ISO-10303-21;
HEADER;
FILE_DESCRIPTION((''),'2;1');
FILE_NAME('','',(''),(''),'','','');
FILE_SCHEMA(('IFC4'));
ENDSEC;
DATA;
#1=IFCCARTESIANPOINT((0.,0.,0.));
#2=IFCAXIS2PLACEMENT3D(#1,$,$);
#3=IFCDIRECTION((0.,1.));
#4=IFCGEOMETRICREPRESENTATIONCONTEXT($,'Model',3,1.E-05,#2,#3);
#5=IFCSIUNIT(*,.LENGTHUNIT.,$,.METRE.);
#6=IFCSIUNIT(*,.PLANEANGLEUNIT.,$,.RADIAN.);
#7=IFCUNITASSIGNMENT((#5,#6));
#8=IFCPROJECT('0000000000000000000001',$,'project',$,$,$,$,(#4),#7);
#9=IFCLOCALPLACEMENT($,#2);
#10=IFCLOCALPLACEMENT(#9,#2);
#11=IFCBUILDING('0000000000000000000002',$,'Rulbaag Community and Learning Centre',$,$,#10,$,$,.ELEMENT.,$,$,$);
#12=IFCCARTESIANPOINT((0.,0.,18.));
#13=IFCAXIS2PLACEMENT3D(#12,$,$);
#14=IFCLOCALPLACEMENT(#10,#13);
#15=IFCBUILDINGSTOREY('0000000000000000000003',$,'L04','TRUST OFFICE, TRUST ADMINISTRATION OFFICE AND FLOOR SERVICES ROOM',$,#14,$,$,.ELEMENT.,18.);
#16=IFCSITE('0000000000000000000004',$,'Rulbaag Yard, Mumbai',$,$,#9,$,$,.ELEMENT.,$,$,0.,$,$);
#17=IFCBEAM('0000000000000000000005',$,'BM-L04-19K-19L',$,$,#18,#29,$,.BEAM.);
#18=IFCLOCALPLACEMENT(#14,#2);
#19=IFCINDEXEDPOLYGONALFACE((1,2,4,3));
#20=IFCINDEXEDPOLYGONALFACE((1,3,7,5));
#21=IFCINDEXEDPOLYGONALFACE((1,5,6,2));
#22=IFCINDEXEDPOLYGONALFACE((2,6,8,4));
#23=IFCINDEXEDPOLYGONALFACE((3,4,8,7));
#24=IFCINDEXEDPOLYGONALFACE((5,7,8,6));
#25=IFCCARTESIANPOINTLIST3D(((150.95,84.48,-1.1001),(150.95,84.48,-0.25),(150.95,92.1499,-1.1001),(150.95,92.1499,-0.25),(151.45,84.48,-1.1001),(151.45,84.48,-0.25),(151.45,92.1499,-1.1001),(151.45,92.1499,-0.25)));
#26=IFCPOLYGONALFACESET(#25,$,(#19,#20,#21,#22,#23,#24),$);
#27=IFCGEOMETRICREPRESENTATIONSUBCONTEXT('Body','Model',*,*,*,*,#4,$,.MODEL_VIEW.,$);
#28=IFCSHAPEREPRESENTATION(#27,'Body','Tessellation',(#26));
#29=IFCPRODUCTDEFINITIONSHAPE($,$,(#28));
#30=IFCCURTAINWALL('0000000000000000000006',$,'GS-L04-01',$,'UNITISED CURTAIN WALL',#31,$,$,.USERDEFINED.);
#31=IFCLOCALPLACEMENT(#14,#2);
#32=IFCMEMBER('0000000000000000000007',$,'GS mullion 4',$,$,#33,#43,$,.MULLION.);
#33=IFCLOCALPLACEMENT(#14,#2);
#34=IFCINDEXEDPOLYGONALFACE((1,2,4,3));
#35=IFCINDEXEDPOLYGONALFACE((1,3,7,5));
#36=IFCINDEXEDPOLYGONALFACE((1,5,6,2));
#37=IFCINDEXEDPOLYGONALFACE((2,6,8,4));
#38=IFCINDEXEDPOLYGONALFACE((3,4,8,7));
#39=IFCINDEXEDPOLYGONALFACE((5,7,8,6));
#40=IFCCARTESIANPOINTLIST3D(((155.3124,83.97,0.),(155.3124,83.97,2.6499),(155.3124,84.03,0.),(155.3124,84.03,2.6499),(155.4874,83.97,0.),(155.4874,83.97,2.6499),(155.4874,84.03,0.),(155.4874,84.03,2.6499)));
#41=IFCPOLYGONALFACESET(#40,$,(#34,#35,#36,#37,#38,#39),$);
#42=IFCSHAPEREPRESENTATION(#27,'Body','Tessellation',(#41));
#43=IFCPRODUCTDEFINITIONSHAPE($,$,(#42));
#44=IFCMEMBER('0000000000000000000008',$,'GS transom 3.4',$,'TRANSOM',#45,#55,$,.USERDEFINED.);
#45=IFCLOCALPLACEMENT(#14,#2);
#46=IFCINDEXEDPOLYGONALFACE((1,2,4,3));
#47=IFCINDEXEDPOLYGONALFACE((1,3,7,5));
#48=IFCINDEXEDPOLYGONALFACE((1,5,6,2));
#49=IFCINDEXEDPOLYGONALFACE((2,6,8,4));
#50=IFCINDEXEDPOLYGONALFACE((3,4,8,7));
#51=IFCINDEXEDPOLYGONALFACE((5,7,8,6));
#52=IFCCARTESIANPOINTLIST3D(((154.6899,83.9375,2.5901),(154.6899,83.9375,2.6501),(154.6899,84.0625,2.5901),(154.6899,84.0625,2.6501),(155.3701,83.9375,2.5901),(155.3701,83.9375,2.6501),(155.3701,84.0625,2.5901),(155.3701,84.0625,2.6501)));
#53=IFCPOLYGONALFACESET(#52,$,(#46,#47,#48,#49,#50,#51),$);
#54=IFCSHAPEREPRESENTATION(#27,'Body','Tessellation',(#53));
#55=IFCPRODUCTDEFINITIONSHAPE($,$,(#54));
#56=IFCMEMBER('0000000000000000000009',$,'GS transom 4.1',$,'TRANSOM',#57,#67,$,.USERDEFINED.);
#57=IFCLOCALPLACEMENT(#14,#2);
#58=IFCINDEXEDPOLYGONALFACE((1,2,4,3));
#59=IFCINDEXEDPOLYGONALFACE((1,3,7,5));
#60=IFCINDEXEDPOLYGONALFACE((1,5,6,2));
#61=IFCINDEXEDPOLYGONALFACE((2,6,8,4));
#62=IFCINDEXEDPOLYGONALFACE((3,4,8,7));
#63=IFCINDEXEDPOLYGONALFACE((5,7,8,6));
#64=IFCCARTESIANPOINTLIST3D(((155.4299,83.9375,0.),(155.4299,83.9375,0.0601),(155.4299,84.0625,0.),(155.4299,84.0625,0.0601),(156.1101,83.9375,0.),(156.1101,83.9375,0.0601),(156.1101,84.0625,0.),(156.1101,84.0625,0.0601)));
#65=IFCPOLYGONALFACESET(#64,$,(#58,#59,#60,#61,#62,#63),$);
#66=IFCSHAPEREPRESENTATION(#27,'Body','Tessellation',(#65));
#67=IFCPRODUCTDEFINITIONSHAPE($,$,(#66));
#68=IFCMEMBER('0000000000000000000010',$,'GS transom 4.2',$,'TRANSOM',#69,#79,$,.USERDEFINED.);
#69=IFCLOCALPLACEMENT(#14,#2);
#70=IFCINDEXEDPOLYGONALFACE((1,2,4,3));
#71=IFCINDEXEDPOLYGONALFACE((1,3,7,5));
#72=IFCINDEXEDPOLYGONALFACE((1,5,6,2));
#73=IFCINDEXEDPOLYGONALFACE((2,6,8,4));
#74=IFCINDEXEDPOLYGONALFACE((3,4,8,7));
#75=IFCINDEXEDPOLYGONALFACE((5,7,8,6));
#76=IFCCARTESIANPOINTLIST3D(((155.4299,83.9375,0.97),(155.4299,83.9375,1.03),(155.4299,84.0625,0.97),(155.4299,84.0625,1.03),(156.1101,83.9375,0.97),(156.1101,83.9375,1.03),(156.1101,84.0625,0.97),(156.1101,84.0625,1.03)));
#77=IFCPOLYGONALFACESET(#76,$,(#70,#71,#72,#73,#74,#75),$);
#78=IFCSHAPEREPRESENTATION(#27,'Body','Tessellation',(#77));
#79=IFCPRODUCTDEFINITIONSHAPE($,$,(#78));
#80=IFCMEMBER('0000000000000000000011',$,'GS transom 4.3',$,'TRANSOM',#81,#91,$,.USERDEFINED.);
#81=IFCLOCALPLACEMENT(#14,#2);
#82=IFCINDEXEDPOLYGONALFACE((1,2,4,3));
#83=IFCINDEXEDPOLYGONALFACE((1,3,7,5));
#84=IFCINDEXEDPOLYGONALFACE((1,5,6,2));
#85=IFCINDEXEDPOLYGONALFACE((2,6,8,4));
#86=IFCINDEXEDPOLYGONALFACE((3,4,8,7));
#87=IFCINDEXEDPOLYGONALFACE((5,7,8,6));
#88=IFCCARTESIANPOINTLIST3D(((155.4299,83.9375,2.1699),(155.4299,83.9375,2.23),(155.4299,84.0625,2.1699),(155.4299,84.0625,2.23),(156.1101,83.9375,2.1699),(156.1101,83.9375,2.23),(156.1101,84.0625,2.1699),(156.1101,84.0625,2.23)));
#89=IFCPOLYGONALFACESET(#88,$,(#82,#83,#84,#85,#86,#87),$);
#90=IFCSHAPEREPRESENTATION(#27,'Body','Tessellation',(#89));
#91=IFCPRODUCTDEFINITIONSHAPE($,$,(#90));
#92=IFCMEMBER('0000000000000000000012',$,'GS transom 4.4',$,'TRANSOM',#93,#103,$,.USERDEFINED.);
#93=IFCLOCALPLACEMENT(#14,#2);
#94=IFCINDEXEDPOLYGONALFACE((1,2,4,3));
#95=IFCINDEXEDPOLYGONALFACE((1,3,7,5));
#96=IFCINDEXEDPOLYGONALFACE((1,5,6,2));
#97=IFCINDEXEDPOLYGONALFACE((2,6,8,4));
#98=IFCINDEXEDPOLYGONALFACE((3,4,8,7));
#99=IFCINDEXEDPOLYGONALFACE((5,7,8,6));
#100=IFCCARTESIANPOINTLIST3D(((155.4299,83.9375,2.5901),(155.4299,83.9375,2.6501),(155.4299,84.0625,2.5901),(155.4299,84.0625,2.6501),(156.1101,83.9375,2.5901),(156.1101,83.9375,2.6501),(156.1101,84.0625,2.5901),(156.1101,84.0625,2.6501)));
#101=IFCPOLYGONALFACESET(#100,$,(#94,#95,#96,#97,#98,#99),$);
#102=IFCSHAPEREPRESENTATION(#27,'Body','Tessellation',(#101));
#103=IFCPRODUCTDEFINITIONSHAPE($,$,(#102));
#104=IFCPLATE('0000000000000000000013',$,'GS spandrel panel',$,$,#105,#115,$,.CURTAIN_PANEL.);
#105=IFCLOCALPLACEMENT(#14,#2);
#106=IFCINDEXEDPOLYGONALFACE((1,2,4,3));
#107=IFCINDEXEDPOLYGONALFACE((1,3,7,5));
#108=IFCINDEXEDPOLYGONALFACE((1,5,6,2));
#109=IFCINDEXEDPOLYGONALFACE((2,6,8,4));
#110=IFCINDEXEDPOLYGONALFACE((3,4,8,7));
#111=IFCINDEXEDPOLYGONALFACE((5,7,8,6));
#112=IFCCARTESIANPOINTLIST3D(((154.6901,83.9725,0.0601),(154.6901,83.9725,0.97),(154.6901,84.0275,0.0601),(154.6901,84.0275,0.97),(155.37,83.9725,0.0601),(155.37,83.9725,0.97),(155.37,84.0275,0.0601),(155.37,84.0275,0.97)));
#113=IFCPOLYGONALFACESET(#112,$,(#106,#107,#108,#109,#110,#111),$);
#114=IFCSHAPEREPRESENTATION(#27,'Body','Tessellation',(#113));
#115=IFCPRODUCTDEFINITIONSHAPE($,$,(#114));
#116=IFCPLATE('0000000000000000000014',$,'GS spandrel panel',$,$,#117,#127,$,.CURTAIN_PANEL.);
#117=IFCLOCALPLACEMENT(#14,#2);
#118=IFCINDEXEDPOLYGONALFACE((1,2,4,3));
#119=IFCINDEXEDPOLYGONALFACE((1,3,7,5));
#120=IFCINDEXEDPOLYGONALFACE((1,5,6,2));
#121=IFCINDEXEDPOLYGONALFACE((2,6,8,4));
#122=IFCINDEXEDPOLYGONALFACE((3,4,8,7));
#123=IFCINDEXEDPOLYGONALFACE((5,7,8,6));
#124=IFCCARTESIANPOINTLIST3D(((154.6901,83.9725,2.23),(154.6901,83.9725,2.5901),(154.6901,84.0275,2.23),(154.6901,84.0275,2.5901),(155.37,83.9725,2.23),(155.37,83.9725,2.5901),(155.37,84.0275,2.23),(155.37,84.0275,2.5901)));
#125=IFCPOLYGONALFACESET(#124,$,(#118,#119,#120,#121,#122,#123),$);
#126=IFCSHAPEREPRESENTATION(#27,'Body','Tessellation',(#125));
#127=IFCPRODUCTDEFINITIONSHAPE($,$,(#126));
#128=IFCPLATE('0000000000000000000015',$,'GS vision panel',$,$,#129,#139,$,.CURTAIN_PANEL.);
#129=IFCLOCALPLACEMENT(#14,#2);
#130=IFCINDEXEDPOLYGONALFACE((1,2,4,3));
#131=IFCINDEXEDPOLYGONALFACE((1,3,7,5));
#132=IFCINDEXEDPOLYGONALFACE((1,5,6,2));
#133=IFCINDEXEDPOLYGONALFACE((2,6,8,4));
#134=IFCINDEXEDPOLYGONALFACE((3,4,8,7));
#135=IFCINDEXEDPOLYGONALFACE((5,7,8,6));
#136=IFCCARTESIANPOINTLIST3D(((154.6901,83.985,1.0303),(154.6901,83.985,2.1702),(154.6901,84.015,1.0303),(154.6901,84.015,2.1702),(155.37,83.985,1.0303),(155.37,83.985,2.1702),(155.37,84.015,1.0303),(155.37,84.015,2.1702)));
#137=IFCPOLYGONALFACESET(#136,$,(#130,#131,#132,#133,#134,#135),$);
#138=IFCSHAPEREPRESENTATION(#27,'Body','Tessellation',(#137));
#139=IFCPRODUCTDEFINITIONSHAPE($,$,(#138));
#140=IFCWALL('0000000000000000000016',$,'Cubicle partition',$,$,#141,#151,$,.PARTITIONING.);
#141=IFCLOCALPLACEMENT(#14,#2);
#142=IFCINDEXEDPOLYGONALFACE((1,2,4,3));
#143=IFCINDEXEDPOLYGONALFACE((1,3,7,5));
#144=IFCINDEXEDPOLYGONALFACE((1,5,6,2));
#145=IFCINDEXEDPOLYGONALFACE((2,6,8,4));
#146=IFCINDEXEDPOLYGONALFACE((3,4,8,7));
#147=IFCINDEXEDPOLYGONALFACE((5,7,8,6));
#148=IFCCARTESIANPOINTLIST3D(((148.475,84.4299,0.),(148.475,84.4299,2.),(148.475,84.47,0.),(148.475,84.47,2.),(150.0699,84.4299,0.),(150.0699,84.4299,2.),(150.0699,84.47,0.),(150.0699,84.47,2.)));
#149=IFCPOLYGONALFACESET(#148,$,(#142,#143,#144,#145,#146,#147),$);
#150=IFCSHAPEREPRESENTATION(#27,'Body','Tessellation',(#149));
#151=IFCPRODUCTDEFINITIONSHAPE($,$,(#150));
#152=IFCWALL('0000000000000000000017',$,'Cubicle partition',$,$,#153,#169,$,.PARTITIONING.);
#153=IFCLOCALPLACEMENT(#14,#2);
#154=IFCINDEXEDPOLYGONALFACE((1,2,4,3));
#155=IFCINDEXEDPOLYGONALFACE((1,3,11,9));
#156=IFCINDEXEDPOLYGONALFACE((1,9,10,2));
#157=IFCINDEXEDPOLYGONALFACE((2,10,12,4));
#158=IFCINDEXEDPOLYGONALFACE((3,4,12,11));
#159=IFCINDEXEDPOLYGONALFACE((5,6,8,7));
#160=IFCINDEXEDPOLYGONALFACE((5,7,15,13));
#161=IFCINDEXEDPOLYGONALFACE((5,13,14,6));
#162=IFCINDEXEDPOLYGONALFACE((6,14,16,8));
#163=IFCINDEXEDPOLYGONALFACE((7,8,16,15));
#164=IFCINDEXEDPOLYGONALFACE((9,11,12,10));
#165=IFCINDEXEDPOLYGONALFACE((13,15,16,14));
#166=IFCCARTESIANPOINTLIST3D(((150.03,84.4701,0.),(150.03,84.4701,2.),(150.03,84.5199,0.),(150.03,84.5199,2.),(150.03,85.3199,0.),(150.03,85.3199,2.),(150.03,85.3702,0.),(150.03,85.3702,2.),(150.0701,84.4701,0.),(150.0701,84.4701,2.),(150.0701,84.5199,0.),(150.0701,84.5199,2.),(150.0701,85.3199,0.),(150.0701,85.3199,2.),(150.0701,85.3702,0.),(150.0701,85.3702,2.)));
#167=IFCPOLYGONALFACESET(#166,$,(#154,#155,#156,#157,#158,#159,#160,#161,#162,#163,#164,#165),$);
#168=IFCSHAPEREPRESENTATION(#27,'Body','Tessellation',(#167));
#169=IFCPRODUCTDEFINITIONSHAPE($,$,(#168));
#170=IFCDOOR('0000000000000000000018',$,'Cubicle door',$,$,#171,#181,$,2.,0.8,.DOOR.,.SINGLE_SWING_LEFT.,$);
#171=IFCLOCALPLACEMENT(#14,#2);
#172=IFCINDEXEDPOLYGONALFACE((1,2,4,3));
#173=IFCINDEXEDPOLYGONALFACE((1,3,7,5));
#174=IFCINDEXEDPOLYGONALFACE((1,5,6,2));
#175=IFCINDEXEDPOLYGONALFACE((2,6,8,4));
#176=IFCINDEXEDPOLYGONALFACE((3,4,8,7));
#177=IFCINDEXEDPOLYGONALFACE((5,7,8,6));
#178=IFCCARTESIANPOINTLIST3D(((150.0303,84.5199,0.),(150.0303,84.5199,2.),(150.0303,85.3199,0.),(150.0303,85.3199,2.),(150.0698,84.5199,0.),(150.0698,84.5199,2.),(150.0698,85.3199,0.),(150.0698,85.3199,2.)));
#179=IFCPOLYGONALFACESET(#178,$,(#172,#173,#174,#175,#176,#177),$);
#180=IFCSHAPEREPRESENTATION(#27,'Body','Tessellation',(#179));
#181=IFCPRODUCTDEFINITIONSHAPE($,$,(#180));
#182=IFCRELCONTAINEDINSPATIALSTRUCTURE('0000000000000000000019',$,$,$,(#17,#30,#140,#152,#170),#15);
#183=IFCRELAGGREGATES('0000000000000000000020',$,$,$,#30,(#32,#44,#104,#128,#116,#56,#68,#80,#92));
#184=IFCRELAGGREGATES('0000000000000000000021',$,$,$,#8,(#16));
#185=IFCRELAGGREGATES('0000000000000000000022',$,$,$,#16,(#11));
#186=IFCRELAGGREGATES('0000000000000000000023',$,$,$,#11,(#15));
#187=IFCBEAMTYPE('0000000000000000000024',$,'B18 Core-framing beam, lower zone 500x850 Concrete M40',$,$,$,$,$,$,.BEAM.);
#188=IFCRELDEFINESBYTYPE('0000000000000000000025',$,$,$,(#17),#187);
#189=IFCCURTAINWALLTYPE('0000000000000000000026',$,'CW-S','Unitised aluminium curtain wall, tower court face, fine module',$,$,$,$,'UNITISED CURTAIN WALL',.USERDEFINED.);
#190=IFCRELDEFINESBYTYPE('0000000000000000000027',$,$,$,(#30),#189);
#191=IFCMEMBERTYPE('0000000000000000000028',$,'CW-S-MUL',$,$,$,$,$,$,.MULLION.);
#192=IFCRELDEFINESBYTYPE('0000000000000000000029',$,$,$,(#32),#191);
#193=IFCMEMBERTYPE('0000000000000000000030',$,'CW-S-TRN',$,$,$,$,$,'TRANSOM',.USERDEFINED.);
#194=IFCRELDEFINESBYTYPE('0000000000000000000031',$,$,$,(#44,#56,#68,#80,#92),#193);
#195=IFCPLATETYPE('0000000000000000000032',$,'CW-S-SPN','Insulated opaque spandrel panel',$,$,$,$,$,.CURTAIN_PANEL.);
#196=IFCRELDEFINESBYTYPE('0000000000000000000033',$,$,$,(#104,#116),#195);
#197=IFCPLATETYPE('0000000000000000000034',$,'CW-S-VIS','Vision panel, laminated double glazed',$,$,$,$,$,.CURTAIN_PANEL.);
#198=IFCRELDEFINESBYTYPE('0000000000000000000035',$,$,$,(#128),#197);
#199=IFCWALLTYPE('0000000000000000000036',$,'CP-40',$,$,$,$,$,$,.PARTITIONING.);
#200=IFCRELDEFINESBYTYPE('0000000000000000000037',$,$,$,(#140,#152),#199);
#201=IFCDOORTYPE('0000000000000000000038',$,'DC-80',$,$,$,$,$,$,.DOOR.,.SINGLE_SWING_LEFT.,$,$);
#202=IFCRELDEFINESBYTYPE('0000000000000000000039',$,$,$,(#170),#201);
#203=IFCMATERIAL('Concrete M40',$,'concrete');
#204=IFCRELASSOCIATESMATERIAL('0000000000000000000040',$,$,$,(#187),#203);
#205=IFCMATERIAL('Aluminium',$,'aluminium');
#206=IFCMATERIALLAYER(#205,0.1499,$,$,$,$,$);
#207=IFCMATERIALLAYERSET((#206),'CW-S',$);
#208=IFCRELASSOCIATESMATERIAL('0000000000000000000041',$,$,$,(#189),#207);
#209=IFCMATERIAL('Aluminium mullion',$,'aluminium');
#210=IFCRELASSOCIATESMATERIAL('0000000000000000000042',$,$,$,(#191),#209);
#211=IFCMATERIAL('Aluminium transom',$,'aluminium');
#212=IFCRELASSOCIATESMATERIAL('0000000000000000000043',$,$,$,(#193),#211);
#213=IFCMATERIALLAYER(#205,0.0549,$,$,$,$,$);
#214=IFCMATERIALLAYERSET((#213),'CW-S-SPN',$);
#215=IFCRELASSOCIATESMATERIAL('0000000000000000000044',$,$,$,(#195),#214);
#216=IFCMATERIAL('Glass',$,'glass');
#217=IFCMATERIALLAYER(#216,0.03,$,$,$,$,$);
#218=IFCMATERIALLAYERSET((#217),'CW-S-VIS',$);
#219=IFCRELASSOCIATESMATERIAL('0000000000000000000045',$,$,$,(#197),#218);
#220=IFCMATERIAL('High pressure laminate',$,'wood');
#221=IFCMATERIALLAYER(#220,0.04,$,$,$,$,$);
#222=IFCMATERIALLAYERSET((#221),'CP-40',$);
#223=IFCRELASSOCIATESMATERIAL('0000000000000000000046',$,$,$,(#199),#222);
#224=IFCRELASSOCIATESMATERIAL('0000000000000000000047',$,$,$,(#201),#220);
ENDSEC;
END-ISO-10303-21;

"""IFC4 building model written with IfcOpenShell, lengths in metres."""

from ifc_helpers import new_model, si_unit, direction, frame, frame_2d, origin, origin_2d, place, context, subcontext, project, spatial, rectangle, extrude, material, layer, layer_set, material_profile, profile_set, type_object, element, fill, aggregate, save


model = new_model("IFC4")

# Units and contexts
model_context = context("Model", 3, precision=1e-05, world=origin(), true_north=direction((0.0, 1.0)))
body_context = subcontext(model_context, "Body", "Model", "MODEL_VIEW")
ifc_project = project(units=[si_unit("LENGTHUNIT", "METRE"), si_unit("PLANEANGLEUNIT", "RADIAN")], contexts=[model_context])

# Site, building, storey
site_placement = place(None, origin())
site = spatial("IfcSite", under=ifc_project, at=site_placement, Name="Rulbaag Yard, Mumbai", CompositionType="ELEMENT", RefElevation=0.0)
building_placement = place(site_placement, origin())
building = spatial("IfcBuilding", under=site, at=building_placement, Name="Rulbaag Community and Learning Centre", CompositionType="ELEMENT")
storey_placement = place(building_placement, frame((0.0, 0.0, 18.0)))
storey = spatial("IfcBuildingStorey", under=building, at=storey_placement, Name="L04", Description="TRUST OFFICE, TRUST ADMINISTRATION OFFICE AND FLOOR SERVICES ROOM", CompositionType="ELEMENT", Elevation=18.0)

# Beam
ifc_material_1 = material(Name="Concrete M40", Category="concrete")
ifc_material_profile_1 = material_profile(ifc_material_1, rectangle(XDim=0.5, YDim=0.8501, at=origin_2d()), Name="RB500x850")
ifc_profile_set_1 = profile_set([ifc_material_profile_1], Name="Concrete M40")
beam_type = type_object("IfcBeamType", Name="B18 Core-framing beam, lower zone 500x850 Concrete M40", PredefinedType="BEAM", material=ifc_profile_set_1)
beam_placement = place(storey_placement, frame((151.2, 84.48, -0.675), z_axis=(0.0, 1.0, 0.0), x_axis=(-1.0, 0.0, 0.0)))
element("IfcBeam", 1, at=beam_placement, inside=storey, type_object=beam_type, Name="BM-L04-19K-19L", PredefinedType="BEAM", context=body_context, shape_type="SweptSolid", body=[
    extrude(rectangle(XDim=0.5, YDim=0.8501, at=origin_2d()), origin(), (0.0, 0.0, 1.0), 7.6699),
])

# Curtain wall, members, plates
ifc_material_2 = material(Name="Aluminium", Category="aluminium")
ifc_layer_1 = layer(ifc_material_2, 0.1499)
ifc_layer_set_1 = layer_set([ifc_layer_1], Name="CW-S")
curtain_wall_type = type_object("IfcCurtainWallType", Name="CW-S", Description="Unitised aluminium curtain wall, tower court face, fine module", ElementType="UNITISED CURTAIN WALL", PredefinedType="USERDEFINED", material=ifc_layer_set_1)
curtain_wall_placement = place(storey_placement, origin())
curtain_wall = element("IfcCurtainWall", 2, at=curtain_wall_placement, inside=storey, type_object=curtain_wall_type, Name="GS-L04-01", ObjectType="UNITISED CURTAIN WALL", PredefinedType="USERDEFINED")
ifc_material_3 = material(Name="Aluminium mullion", Category="aluminium")
ifc_material_profile_2 = material_profile(ifc_material_3, rectangle(XDim=0.0601, YDim=0.175, at=origin_2d()), Name="AL 60x175")
ifc_profile_set_2 = profile_set([ifc_material_profile_2], Name="Aluminium mullion")
member_type_1 = type_object("IfcMemberType", Name="CW-S-MUL", PredefinedType="MULLION", material=ifc_profile_set_2)
member_1_placement = place(storey_placement, frame((155.3999, 84.0, 0.0), z_axis=(0.0, 0.0, 1.0), x_axis=(0.0, 1.0, 0.0)))
member_1 = element("IfcMember", 3, at=member_1_placement, type_object=member_type_1, Name="GS mullion 4", PredefinedType="MULLION", context=body_context, shape_type="SweptSolid", body=[
    extrude(rectangle(XDim=0.0601, YDim=0.175, at=origin_2d()), origin(), (0.0, 0.0, 1.0), 2.6499),
])
ifc_material_4 = material(Name="Aluminium transom", Category="aluminium")
ifc_material_profile_3 = material_profile(ifc_material_4, rectangle(XDim=0.125, YDim=0.0601, at=origin_2d()), Name="AL 60x125 T")
ifc_profile_set_3 = profile_set([ifc_material_profile_3], Name="Aluminium transom")
member_type_2 = type_object("IfcMemberType", Name="CW-S-TRN", ElementType="TRANSOM", PredefinedType="USERDEFINED", material=ifc_profile_set_3)
member_2_placement = place(storey_placement, frame((154.6899, 84.0, 2.6201), z_axis=(1.0, 0.0, 0.0), x_axis=(0.0, 1.0, 0.0)))
member_2 = element("IfcMember", 4, at=member_2_placement, type_object=member_type_2, Name="GS transom 3.4", ObjectType="TRANSOM", PredefinedType="USERDEFINED", context=body_context, shape_type="SweptSolid", body=[
    extrude(rectangle(XDim=0.125, YDim=0.0601, at=origin_2d()), origin(), (0.0, 0.0, 1.0), 0.6802),
])
member_3_placement = place(storey_placement, frame((155.4299, 84.0, 0.03), z_axis=(1.0, 0.0, 0.0), x_axis=(0.0, 1.0, 0.0)))
member_3 = element("IfcMember", 5, at=member_3_placement, type_object=member_type_2, Name="GS transom 4.1", ObjectType="TRANSOM", PredefinedType="USERDEFINED", context=body_context, shape_type="SweptSolid", body=[
    extrude(rectangle(XDim=0.125, YDim=0.0601, at=origin_2d()), origin(), (0.0, 0.0, 1.0), 0.6802),
])
member_4_placement = place(storey_placement, frame((155.4299, 84.0, 1.0), z_axis=(1.0, 0.0, 0.0), x_axis=(0.0, 1.0, 0.0)))
member_4 = element("IfcMember", 6, at=member_4_placement, type_object=member_type_2, Name="GS transom 4.2", ObjectType="TRANSOM", PredefinedType="USERDEFINED", context=body_context, shape_type="SweptSolid", body=[
    extrude(rectangle(XDim=0.125, YDim=0.0601, at=origin_2d()), origin(), (0.0, 0.0, 1.0), 0.6802),
])
member_5_placement = place(storey_placement, frame((155.4299, 84.0, 2.2), z_axis=(1.0, 0.0, 0.0), x_axis=(0.0, 1.0, 0.0)))
member_5 = element("IfcMember", 7, at=member_5_placement, type_object=member_type_2, Name="GS transom 4.3", ObjectType="TRANSOM", PredefinedType="USERDEFINED", context=body_context, shape_type="SweptSolid", body=[
    extrude(rectangle(XDim=0.125, YDim=0.0601, at=origin_2d()), origin(), (0.0, 0.0, 1.0), 0.6802),
])
member_6_placement = place(storey_placement, frame((155.4299, 84.0, 2.6201), z_axis=(1.0, 0.0, 0.0), x_axis=(0.0, 1.0, 0.0)))
member_6 = element("IfcMember", 8, at=member_6_placement, type_object=member_type_2, Name="GS transom 4.4", ObjectType="TRANSOM", PredefinedType="USERDEFINED", context=body_context, shape_type="SweptSolid", body=[
    extrude(rectangle(XDim=0.125, YDim=0.0601, at=origin_2d()), origin(), (0.0, 0.0, 1.0), 0.6802),
])
ifc_layer_2 = layer(ifc_material_2, 0.0549)
ifc_layer_set_2 = layer_set([ifc_layer_2], Name="CW-S-SPN")
plate_type_1 = type_object("IfcPlateType", Name="CW-S-SPN", Description="Insulated opaque spandrel panel", PredefinedType="CURTAIN_PANEL", material=ifc_layer_set_2)
plate_1_placement = place(storey_placement, frame((155.03, 84.0, 0.0601), z_axis=(0.0, 0.0, 1.0), x_axis=(1.0, 0.0, 0.0)))
plate_1 = element("IfcPlate", 9, at=plate_1_placement, type_object=plate_type_1, Name="GS spandrel panel", PredefinedType="CURTAIN_PANEL", context=body_context, shape_type="SweptSolid", body=[
    extrude(rectangle(XDim=0.6799, YDim=0.0549, at=origin_2d()), origin(), (0.0, 0.0, 1.0), 0.9099),
])
plate_2_placement = place(storey_placement, frame((155.03, 84.0, 2.23), z_axis=(0.0, 0.0, 1.0), x_axis=(1.0, 0.0, 0.0)))
plate_2 = element("IfcPlate", 10, at=plate_2_placement, type_object=plate_type_1, Name="GS spandrel panel", PredefinedType="CURTAIN_PANEL", context=body_context, shape_type="SweptSolid", body=[
    extrude(rectangle(XDim=0.6799, YDim=0.0549, at=origin_2d()), origin(), (0.0, 0.0, 1.0), 0.3601),
])
ifc_material_5 = material(Name="Glass", Category="glass")
ifc_layer_3 = layer(ifc_material_5, 0.03)
ifc_layer_set_3 = layer_set([ifc_layer_3], Name="CW-S-VIS")
plate_type_2 = type_object("IfcPlateType", Name="CW-S-VIS", Description="Vision panel, laminated double glazed", PredefinedType="CURTAIN_PANEL", material=ifc_layer_set_3)
plate_3_placement = place(storey_placement, frame((155.03, 84.0, 1.0303), z_axis=(0.0, 0.0, 1.0), x_axis=(1.0, 0.0, 0.0)))
plate_3 = element("IfcPlate", 11, at=plate_3_placement, type_object=plate_type_2, Name="GS vision panel", PredefinedType="CURTAIN_PANEL", context=body_context, shape_type="SweptSolid", body=[
    extrude(rectangle(XDim=0.6799, YDim=0.03, at=origin_2d()), origin(), (0.0, 0.0, 1.0), 1.1399),
])
aggregate(curtain_wall, [member_1, member_2, plate_1, plate_3, plate_2, member_3, member_4, member_5, member_6])

# Wall
ifc_material_6 = material(Name="High pressure laminate", Category="wood")
ifc_layer_4 = layer(ifc_material_6, 0.04)
ifc_layer_set_4 = layer_set([ifc_layer_4], Name="CP-40")
wall_type_1 = type_object("IfcWallType", Name="CP-40", PredefinedType="PARTITIONING", material=ifc_layer_set_4)
wall_1_placement = place(storey_placement, frame((148.4751, 84.45, 0.0), z_axis=(0.0, 0.0, 1.0), x_axis=(1.0, 0.0, 0.0)))
element("IfcWall", 12, at=wall_1_placement, inside=storey, type_object=wall_type_1, Name="Cubicle partition", PredefinedType="PARTITIONING", context=body_context, shape_type="SweptSolid", body=[
    extrude(rectangle(XDim=1.595, YDim=0.04, at=frame_2d((0.7974, 0.0))), origin(), (0.0, 0.0, 1.0), 2.0),
])

# Wall, opening, door
wall_2_placement = place(storey_placement, frame((150.05, 84.47, 0.0), z_axis=(0.0, 0.0, 1.0), x_axis=(0.0, 1.0, 0.0)))
wall_2 = element("IfcWall", 13, at=wall_2_placement, inside=storey, type_object=wall_type_1, Name="Cubicle partition", PredefinedType="PARTITIONING", context=body_context, shape_type="SweptSolid", body=[
    extrude(rectangle(XDim=0.9001, YDim=0.04, at=frame_2d((0.4502, 0.0))), origin(), (0.0, 0.0, 1.0), 2.0),
])
opening_placement = place(wall_2_placement, frame((0.05, 0.0, 0.0)))
opening = element("IfcOpeningElement", 14, at=opening_placement, cuts=wall_2, PredefinedType="OPENING", context=body_context, shape_type="SweptSolid", body=[
    extrude(rectangle(XDim=0.8, YDim=2.0, at=frame_2d((0.3999, 1.0))), frame((0.0, 0.03, 0.0), z_axis=(0.0, -1.0, 0.0), x_axis=(1.0, 0.0, 0.0)), (0.0, 0.0, 1.0), 0.0601),
])
door_type = type_object("IfcDoorType", Name="DC-80", OperationType="SINGLE_SWING_LEFT", PredefinedType="DOOR", material=ifc_material_6)
door_placement = place(opening_placement, origin())
door = element("IfcDoor", 15, at=door_placement, inside=storey, type_object=door_type, Name="Cubicle door", OperationType="SINGLE_SWING_LEFT", OverallHeight=2.0, OverallWidth=0.8, PredefinedType="DOOR", context=body_context, shape_type="SweptSolid", body=[
    extrude(rectangle(XDim=0.8, YDim=2.0, at=frame_2d((0.3999, 1.0))), frame((0.0, 0.0198, 0.0), z_axis=(0.0, -1.0, 0.0), x_axis=(1.0, 0.0, 0.0)), (0.0, 0.0, 1.0), 0.0396),
])
fill(opening, door)

save(model, "model.ifc")
